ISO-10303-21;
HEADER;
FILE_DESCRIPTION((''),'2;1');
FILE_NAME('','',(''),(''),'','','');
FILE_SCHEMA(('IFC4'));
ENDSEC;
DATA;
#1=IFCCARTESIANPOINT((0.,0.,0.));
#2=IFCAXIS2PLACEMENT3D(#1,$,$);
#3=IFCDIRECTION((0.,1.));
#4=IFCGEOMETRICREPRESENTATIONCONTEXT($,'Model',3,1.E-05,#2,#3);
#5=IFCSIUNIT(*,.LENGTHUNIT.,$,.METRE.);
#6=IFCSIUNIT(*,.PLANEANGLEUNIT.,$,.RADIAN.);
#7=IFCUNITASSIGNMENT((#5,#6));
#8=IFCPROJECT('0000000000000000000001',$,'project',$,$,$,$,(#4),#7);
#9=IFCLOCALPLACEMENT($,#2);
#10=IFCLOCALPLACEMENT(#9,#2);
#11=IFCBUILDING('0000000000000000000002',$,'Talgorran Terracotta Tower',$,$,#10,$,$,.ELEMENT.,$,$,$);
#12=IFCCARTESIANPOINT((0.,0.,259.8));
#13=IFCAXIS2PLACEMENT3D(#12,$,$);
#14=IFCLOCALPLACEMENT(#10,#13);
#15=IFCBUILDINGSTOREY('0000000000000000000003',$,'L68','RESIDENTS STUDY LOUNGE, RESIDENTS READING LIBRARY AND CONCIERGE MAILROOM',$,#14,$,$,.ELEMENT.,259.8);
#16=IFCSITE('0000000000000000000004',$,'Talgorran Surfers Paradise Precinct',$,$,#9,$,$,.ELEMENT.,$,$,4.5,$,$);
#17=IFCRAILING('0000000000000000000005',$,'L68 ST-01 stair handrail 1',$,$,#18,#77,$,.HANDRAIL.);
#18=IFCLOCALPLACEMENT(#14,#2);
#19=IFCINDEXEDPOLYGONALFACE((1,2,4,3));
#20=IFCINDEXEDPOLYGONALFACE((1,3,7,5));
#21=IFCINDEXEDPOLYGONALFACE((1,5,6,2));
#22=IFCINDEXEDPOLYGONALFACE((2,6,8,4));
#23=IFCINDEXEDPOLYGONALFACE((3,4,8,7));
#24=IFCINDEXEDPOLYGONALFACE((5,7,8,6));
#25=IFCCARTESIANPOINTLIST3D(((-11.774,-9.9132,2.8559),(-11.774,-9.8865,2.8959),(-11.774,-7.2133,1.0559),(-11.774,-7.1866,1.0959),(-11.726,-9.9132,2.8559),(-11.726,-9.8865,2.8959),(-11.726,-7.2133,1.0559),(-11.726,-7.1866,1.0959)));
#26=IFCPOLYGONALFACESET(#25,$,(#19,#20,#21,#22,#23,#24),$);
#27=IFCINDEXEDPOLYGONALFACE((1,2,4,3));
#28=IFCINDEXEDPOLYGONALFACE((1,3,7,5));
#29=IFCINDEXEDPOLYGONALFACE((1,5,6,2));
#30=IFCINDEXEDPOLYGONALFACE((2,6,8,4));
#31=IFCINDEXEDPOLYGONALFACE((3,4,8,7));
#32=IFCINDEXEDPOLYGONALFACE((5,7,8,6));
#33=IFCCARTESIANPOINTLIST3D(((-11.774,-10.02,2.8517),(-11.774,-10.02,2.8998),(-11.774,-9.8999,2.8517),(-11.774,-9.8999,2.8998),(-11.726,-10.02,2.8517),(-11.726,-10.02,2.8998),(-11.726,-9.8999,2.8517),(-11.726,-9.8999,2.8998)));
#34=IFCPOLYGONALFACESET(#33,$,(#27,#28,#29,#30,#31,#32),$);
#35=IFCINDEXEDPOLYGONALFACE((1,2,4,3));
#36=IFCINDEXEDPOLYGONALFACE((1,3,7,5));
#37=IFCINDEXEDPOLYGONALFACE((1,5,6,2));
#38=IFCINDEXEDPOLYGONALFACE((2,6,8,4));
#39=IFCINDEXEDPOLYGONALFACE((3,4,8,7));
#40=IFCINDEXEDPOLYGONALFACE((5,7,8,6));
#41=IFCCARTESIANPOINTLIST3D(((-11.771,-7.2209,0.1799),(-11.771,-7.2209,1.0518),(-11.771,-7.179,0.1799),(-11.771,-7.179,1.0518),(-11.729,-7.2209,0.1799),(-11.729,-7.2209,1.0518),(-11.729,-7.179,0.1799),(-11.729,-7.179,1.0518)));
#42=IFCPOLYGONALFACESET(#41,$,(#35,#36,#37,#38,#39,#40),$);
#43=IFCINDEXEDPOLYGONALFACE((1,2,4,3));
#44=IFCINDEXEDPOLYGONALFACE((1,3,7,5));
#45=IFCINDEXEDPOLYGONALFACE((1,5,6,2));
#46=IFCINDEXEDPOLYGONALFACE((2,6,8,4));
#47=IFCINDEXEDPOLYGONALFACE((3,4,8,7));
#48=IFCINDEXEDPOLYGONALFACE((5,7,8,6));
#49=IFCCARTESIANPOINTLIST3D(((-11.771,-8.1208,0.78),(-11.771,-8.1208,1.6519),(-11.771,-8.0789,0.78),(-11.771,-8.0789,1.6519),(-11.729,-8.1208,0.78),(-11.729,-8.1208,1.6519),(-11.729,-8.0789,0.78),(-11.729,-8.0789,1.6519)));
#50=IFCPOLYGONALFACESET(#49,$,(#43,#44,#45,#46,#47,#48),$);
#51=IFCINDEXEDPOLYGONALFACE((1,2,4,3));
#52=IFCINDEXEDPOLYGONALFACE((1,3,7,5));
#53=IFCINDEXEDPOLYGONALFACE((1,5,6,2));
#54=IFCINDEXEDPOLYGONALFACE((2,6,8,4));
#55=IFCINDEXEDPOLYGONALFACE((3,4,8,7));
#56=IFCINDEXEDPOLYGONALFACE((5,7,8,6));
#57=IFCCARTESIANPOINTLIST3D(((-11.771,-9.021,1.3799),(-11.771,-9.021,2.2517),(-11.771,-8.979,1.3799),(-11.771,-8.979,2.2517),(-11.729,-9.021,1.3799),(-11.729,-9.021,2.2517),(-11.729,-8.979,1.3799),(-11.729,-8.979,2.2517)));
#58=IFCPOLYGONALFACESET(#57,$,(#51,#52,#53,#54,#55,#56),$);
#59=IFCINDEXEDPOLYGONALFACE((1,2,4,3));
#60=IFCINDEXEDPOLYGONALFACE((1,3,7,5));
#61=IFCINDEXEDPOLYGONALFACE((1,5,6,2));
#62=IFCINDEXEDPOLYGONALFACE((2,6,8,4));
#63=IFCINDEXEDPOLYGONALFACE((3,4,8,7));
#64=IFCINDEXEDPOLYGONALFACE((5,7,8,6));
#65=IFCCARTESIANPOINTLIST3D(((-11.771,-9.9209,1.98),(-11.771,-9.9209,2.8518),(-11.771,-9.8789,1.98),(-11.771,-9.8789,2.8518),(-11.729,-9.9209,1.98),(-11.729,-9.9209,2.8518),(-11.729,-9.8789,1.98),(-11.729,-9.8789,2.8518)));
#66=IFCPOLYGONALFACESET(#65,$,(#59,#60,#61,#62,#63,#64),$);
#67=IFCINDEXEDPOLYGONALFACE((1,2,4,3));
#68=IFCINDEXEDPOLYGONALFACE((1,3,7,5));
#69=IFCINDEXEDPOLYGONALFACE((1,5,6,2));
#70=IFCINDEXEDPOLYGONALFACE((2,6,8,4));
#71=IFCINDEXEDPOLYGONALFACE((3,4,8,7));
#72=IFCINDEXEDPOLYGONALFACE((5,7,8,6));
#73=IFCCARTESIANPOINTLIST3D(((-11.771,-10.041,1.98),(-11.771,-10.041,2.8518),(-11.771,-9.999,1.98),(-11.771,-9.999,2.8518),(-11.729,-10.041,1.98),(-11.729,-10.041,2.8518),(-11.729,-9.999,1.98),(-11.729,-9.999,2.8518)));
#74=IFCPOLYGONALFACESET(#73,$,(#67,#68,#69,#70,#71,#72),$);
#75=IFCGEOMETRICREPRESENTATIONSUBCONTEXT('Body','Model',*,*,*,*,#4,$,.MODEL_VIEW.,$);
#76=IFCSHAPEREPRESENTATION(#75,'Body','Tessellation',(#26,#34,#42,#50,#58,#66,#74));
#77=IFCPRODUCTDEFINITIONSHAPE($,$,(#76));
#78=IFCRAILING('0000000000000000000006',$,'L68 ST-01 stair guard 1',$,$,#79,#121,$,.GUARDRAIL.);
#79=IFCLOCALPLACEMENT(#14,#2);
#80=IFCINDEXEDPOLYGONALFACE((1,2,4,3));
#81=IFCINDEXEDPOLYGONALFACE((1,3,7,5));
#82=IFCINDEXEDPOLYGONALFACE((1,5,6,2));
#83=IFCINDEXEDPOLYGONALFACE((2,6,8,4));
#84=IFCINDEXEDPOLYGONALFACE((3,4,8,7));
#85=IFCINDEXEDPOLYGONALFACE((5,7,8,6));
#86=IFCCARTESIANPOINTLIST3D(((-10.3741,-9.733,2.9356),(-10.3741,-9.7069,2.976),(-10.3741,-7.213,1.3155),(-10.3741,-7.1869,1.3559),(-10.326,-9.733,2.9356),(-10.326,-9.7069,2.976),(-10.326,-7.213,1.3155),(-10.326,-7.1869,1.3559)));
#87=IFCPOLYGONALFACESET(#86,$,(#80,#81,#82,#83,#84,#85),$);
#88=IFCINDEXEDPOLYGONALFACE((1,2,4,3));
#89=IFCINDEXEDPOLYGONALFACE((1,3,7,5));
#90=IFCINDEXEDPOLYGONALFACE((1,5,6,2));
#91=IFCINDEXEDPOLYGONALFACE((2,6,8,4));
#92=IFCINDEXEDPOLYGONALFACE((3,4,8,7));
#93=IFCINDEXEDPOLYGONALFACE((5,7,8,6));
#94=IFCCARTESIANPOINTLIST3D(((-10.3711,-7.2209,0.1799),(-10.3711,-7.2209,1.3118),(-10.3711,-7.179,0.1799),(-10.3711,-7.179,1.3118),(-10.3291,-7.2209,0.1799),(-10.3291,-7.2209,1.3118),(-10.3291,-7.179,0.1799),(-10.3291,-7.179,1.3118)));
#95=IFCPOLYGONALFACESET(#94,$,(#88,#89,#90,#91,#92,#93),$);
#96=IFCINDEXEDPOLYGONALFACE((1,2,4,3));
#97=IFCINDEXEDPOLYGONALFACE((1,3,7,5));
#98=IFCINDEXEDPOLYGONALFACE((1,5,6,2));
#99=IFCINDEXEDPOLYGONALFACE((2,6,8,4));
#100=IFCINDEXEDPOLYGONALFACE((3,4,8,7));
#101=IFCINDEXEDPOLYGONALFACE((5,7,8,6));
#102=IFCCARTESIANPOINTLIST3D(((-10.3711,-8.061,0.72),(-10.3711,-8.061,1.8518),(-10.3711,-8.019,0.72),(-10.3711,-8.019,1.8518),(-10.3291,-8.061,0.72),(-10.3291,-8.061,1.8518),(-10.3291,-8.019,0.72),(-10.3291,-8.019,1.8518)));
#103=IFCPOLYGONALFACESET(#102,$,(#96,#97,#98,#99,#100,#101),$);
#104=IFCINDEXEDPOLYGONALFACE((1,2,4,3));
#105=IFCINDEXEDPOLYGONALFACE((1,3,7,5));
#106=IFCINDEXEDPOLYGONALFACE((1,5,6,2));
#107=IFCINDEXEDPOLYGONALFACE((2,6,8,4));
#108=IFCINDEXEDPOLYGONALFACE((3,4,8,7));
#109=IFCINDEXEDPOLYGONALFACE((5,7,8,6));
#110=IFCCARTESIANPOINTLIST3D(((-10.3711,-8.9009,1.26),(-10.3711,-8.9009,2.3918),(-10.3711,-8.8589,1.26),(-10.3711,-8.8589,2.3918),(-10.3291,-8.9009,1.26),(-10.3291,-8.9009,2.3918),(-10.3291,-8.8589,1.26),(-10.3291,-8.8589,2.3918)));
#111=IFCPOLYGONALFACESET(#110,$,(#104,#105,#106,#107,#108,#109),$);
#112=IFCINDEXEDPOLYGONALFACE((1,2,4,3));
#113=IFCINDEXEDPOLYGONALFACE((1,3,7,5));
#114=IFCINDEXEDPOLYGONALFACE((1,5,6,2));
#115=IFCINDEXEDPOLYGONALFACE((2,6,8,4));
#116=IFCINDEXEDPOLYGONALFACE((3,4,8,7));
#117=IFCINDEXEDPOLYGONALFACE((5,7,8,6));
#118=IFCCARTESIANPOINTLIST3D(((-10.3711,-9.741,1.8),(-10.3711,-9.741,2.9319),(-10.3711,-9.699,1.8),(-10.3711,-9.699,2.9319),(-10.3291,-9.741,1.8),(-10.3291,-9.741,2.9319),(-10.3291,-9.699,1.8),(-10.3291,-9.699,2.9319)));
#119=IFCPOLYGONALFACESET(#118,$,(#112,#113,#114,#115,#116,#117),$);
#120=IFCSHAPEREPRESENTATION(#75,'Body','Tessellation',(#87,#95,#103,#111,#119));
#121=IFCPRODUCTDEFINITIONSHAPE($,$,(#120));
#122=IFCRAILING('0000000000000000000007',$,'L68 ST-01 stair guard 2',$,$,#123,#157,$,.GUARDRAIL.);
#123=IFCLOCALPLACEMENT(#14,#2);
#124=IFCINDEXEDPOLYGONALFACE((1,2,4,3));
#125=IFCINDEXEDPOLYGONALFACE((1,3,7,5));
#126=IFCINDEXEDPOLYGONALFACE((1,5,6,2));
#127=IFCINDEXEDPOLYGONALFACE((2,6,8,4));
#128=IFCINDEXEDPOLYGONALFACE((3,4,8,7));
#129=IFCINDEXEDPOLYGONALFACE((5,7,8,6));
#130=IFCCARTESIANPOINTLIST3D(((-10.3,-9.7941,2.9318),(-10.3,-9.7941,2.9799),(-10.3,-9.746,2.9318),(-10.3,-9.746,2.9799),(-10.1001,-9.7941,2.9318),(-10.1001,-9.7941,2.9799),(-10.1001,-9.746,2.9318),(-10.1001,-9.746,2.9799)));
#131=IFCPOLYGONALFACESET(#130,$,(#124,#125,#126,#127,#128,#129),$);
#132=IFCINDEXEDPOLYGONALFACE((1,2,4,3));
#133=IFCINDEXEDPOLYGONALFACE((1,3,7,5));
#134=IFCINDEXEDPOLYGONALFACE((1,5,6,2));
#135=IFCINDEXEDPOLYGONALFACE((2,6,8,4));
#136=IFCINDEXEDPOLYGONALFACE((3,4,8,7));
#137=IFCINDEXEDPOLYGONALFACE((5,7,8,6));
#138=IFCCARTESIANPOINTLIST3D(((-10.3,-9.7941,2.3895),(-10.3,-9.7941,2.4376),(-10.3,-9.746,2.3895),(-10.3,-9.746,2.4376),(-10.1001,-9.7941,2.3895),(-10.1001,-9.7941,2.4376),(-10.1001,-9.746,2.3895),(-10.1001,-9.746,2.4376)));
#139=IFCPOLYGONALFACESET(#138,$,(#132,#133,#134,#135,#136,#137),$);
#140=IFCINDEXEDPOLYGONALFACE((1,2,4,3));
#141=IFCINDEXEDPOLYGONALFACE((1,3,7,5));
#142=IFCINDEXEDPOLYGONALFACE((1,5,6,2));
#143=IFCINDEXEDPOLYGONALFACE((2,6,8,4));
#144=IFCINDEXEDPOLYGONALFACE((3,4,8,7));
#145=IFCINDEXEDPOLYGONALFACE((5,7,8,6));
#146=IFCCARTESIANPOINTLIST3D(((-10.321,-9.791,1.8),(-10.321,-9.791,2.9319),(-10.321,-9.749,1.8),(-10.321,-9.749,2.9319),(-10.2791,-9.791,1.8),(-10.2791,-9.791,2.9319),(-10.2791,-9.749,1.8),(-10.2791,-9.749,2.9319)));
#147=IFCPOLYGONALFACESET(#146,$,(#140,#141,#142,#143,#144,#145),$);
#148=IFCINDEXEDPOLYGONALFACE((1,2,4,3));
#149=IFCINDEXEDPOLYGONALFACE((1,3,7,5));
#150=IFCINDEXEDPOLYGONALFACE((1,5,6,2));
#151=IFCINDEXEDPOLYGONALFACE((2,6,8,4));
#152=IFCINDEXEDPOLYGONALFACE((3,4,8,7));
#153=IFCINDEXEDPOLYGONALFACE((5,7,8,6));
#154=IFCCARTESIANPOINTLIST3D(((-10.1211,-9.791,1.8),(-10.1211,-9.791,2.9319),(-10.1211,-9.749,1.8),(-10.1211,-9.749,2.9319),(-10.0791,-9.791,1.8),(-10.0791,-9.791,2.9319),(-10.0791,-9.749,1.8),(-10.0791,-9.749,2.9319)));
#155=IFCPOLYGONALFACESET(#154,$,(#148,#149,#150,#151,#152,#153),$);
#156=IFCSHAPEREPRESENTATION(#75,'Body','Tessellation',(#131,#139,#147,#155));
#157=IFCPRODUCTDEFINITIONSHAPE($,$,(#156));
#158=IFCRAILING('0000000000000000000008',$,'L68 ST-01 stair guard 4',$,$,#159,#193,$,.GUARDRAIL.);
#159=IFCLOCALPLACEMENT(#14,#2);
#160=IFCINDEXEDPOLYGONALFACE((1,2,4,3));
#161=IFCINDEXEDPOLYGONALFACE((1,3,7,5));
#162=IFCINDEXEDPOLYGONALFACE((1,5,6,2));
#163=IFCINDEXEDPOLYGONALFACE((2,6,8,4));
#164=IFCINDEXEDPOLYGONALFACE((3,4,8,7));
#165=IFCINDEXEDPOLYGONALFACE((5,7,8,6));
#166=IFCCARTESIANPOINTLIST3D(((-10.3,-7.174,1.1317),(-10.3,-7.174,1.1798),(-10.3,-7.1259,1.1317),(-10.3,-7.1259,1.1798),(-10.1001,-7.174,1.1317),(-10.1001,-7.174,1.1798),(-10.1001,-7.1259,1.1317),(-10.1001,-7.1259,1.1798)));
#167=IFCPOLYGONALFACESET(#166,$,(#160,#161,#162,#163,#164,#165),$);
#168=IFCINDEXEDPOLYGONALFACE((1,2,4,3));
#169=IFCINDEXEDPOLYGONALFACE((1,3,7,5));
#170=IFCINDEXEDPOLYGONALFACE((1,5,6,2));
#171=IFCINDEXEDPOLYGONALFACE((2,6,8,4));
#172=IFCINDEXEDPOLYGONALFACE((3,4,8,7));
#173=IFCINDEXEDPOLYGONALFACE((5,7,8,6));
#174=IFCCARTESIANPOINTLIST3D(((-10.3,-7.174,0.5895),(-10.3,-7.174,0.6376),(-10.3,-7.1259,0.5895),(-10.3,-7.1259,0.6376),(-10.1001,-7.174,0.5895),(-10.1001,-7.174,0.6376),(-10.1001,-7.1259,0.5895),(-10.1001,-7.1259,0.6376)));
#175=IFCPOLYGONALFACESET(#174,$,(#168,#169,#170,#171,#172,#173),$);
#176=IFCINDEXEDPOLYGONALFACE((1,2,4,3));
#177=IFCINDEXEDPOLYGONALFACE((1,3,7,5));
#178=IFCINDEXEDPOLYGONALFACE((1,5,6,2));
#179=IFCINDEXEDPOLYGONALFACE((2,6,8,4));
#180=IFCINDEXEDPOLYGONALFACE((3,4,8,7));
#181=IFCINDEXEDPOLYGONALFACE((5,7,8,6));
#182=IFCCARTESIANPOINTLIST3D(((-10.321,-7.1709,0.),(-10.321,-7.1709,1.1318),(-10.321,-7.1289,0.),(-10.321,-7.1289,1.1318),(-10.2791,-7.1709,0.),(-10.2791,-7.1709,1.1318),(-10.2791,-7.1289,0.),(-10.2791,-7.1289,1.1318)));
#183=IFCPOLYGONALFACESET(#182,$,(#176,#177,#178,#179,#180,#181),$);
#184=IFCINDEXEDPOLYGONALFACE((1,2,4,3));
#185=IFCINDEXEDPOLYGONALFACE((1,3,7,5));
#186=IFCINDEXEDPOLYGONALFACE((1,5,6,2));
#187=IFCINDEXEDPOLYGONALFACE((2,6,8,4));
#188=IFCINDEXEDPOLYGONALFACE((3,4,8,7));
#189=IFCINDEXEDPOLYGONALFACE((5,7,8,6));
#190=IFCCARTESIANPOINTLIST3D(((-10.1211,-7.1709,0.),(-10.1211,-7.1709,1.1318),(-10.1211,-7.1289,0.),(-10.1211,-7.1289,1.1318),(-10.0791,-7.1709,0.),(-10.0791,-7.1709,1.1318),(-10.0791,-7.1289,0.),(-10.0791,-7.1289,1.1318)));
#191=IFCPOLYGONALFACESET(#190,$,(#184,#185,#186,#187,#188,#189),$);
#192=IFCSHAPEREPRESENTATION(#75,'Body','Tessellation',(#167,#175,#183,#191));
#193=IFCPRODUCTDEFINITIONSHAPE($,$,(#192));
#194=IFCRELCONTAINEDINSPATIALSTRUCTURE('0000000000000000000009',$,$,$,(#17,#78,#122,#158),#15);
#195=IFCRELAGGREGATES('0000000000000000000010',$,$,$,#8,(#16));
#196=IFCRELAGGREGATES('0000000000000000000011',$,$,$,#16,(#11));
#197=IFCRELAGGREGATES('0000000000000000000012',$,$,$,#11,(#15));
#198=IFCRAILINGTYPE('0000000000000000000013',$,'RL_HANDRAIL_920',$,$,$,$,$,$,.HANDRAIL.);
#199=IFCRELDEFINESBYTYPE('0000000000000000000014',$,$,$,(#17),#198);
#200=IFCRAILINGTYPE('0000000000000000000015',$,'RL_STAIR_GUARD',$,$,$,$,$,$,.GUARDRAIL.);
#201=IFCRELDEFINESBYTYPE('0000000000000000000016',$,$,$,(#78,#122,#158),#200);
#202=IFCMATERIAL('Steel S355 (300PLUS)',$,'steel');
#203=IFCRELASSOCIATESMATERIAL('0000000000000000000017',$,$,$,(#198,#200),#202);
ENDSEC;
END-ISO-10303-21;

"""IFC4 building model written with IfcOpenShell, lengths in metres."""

from ifc_helpers import new_model, si_unit, direction, frame, origin, origin_2d, place, context, subcontext, project, spatial, rectangle, extrude, material, type_object, element, save


model = new_model("IFC4")

# Units and contexts
model_context = context("Model", 3, precision=1e-05, world=origin(), true_north=direction((0.0, 1.0)))
body_context = subcontext(model_context, "Body", "Model", "MODEL_VIEW")
ifc_project = project(units=[si_unit("LENGTHUNIT", "METRE"), si_unit("PLANEANGLEUNIT", "RADIAN")], contexts=[model_context])

# Site, building, storey
site_placement = place(None, origin())
site = spatial("IfcSite", under=ifc_project, at=site_placement, Name="Talgorran Surfers Paradise Precinct", CompositionType="ELEMENT", RefElevation=4.5)
building_placement = place(site_placement, origin())
building = spatial("IfcBuilding", under=site, at=building_placement, Name="Talgorran Terracotta Tower", CompositionType="ELEMENT")
storey_placement = place(building_placement, frame((0.0, 0.0, 259.8)))
storey = spatial("IfcBuildingStorey", under=building, at=storey_placement, Name="L68", Description="RESIDENTS STUDY LOUNGE, RESIDENTS READING LIBRARY AND CONCIERGE MAILROOM", CompositionType="ELEMENT", Elevation=259.8)

# Shared definitions
ifc_material_1 = material(Name="Steel S355 (300PLUS)", Category="steel")

# Railings
railing_type_1 = type_object("IfcRailingType", Name="RL_HANDRAIL_920", PredefinedType="HANDRAIL", material=ifc_material_1)
railing_1_placement = place(storey_placement, frame((-11.75, -7.2, 0.1799)))
element("IfcRailing", 1, at=railing_1_placement, inside=storey, type_object=railing_type_1, Name="L68 ST-01 stair handrail 1", PredefinedType="HANDRAIL", context=body_context, shape_type="SweptSolid", body=[
    extrude(rectangle(XDim=0.0481, YDim=0.0481, at=origin_2d()), frame((0.0, 0.0, 0.896), z_axis=(0.0, -0.832039, 0.554718), x_axis=(1.0, 0.0, 0.0)), (0.0, 0.0, 1.0), 3.2449),
    extrude(rectangle(XDim=0.0481, YDim=0.0481, at=origin_2d()), frame((0.0, -2.7, 2.6958), z_axis=(0.0, -1.0, 0.0), x_axis=(1.0, 0.0, 0.0)), (0.0, 0.0, 1.0), 0.1201),
    extrude(rectangle(XDim=0.042, YDim=0.042, at=origin_2d()), origin(), (0.0, 0.0, 1.0), 0.8718),
    extrude(rectangle(XDim=0.042, YDim=0.042, at=origin_2d()), frame((0.0, -0.8999, 0.6001)), (0.0, 0.0, 1.0), 0.8718),
    extrude(rectangle(XDim=0.042, YDim=0.042, at=origin_2d()), frame((0.0, -1.8, 1.2)), (0.0, 0.0, 1.0), 0.8718),
    extrude(rectangle(XDim=0.042, YDim=0.042, at=origin_2d()), frame((0.0, -2.7, 1.8)), (0.0, 0.0, 1.0), 0.8718),
    extrude(rectangle(XDim=0.042, YDim=0.042, at=origin_2d()), frame((0.0, -2.8201, 1.8)), (0.0, 0.0, 1.0), 0.8718),
])
railing_type_2 = type_object("IfcRailingType", Name="RL_STAIR_GUARD", PredefinedType="GUARDRAIL", material=ifc_material_1)
railing_2_placement = place(storey_placement, frame((-10.3501, -7.2, 0.1799)))
element("IfcRailing", 2, at=railing_2_placement, inside=storey, type_object=railing_type_2, Name="L68 ST-01 stair guard 1", PredefinedType="GUARDRAIL", context=body_context, shape_type="SweptSolid", body=[
    extrude(rectangle(XDim=0.0481, YDim=0.0481, at=origin_2d()), frame((0.0, 0.0, 1.1558), z_axis=(0.0, -0.841163, 0.540782), x_axis=(1.0, 0.0, 0.0)), (0.0, 0.0, 1.0), 2.9958),
    extrude(rectangle(XDim=0.042, YDim=0.042, at=origin_2d()), origin(), (0.0, 0.0, 1.0), 1.1318),
    extrude(rectangle(XDim=0.042, YDim=0.042, at=origin_2d()), frame((0.0, -0.8401, 0.54)), (0.0, 0.0, 1.0), 1.1318),
    extrude(rectangle(XDim=0.042, YDim=0.042, at=origin_2d()), frame((0.0, -1.6799, 1.0801)), (0.0, 0.0, 1.0), 1.1318),
    extrude(rectangle(XDim=0.042, YDim=0.042, at=origin_2d()), frame((0.0, -2.52, 1.6201)), (0.0, 0.0, 1.0), 1.1318),
])
for number, where, name in (
    (3, (-10.3, -9.77, 1.8), "L68 ST-01 stair guard 2"),
    (4, (-10.3, -7.1499, 0.0), "L68 ST-01 stair guard 4"),
):
    element("IfcRailing", number, at=place(storey_placement, frame(where)), inside=storey, type_object=railing_type_2, Name=name, PredefinedType="GUARDRAIL", context=body_context, shape_type="SweptSolid", body=[
        extrude(rectangle(XDim=0.0481, YDim=0.0481, at=origin_2d()), frame((0.0, 0.0, 1.1558), z_axis=(1.0, 0.0, 0.0), x_axis=(0.0, 1.0, 0.0)), (0.0, 0.0, 1.0), 0.2),
        extrude(rectangle(XDim=0.0481, YDim=0.0481, at=origin_2d()), frame((0.0, 0.0, 0.6135), z_axis=(1.0, 0.0, 0.0), x_axis=(0.0, 1.0, 0.0)), (0.0, 0.0, 1.0), 0.2),
        extrude(rectangle(XDim=0.042, YDim=0.042, at=origin_2d()), origin(), (0.0, 0.0, 1.0), 1.1318),
        extrude(rectangle(XDim=0.042, YDim=0.042, at=origin_2d()), frame((0.2, 0.0, 0.0)), (0.0, 0.0, 1.0), 1.1318),
    ])

save(model, "model.ifc")
